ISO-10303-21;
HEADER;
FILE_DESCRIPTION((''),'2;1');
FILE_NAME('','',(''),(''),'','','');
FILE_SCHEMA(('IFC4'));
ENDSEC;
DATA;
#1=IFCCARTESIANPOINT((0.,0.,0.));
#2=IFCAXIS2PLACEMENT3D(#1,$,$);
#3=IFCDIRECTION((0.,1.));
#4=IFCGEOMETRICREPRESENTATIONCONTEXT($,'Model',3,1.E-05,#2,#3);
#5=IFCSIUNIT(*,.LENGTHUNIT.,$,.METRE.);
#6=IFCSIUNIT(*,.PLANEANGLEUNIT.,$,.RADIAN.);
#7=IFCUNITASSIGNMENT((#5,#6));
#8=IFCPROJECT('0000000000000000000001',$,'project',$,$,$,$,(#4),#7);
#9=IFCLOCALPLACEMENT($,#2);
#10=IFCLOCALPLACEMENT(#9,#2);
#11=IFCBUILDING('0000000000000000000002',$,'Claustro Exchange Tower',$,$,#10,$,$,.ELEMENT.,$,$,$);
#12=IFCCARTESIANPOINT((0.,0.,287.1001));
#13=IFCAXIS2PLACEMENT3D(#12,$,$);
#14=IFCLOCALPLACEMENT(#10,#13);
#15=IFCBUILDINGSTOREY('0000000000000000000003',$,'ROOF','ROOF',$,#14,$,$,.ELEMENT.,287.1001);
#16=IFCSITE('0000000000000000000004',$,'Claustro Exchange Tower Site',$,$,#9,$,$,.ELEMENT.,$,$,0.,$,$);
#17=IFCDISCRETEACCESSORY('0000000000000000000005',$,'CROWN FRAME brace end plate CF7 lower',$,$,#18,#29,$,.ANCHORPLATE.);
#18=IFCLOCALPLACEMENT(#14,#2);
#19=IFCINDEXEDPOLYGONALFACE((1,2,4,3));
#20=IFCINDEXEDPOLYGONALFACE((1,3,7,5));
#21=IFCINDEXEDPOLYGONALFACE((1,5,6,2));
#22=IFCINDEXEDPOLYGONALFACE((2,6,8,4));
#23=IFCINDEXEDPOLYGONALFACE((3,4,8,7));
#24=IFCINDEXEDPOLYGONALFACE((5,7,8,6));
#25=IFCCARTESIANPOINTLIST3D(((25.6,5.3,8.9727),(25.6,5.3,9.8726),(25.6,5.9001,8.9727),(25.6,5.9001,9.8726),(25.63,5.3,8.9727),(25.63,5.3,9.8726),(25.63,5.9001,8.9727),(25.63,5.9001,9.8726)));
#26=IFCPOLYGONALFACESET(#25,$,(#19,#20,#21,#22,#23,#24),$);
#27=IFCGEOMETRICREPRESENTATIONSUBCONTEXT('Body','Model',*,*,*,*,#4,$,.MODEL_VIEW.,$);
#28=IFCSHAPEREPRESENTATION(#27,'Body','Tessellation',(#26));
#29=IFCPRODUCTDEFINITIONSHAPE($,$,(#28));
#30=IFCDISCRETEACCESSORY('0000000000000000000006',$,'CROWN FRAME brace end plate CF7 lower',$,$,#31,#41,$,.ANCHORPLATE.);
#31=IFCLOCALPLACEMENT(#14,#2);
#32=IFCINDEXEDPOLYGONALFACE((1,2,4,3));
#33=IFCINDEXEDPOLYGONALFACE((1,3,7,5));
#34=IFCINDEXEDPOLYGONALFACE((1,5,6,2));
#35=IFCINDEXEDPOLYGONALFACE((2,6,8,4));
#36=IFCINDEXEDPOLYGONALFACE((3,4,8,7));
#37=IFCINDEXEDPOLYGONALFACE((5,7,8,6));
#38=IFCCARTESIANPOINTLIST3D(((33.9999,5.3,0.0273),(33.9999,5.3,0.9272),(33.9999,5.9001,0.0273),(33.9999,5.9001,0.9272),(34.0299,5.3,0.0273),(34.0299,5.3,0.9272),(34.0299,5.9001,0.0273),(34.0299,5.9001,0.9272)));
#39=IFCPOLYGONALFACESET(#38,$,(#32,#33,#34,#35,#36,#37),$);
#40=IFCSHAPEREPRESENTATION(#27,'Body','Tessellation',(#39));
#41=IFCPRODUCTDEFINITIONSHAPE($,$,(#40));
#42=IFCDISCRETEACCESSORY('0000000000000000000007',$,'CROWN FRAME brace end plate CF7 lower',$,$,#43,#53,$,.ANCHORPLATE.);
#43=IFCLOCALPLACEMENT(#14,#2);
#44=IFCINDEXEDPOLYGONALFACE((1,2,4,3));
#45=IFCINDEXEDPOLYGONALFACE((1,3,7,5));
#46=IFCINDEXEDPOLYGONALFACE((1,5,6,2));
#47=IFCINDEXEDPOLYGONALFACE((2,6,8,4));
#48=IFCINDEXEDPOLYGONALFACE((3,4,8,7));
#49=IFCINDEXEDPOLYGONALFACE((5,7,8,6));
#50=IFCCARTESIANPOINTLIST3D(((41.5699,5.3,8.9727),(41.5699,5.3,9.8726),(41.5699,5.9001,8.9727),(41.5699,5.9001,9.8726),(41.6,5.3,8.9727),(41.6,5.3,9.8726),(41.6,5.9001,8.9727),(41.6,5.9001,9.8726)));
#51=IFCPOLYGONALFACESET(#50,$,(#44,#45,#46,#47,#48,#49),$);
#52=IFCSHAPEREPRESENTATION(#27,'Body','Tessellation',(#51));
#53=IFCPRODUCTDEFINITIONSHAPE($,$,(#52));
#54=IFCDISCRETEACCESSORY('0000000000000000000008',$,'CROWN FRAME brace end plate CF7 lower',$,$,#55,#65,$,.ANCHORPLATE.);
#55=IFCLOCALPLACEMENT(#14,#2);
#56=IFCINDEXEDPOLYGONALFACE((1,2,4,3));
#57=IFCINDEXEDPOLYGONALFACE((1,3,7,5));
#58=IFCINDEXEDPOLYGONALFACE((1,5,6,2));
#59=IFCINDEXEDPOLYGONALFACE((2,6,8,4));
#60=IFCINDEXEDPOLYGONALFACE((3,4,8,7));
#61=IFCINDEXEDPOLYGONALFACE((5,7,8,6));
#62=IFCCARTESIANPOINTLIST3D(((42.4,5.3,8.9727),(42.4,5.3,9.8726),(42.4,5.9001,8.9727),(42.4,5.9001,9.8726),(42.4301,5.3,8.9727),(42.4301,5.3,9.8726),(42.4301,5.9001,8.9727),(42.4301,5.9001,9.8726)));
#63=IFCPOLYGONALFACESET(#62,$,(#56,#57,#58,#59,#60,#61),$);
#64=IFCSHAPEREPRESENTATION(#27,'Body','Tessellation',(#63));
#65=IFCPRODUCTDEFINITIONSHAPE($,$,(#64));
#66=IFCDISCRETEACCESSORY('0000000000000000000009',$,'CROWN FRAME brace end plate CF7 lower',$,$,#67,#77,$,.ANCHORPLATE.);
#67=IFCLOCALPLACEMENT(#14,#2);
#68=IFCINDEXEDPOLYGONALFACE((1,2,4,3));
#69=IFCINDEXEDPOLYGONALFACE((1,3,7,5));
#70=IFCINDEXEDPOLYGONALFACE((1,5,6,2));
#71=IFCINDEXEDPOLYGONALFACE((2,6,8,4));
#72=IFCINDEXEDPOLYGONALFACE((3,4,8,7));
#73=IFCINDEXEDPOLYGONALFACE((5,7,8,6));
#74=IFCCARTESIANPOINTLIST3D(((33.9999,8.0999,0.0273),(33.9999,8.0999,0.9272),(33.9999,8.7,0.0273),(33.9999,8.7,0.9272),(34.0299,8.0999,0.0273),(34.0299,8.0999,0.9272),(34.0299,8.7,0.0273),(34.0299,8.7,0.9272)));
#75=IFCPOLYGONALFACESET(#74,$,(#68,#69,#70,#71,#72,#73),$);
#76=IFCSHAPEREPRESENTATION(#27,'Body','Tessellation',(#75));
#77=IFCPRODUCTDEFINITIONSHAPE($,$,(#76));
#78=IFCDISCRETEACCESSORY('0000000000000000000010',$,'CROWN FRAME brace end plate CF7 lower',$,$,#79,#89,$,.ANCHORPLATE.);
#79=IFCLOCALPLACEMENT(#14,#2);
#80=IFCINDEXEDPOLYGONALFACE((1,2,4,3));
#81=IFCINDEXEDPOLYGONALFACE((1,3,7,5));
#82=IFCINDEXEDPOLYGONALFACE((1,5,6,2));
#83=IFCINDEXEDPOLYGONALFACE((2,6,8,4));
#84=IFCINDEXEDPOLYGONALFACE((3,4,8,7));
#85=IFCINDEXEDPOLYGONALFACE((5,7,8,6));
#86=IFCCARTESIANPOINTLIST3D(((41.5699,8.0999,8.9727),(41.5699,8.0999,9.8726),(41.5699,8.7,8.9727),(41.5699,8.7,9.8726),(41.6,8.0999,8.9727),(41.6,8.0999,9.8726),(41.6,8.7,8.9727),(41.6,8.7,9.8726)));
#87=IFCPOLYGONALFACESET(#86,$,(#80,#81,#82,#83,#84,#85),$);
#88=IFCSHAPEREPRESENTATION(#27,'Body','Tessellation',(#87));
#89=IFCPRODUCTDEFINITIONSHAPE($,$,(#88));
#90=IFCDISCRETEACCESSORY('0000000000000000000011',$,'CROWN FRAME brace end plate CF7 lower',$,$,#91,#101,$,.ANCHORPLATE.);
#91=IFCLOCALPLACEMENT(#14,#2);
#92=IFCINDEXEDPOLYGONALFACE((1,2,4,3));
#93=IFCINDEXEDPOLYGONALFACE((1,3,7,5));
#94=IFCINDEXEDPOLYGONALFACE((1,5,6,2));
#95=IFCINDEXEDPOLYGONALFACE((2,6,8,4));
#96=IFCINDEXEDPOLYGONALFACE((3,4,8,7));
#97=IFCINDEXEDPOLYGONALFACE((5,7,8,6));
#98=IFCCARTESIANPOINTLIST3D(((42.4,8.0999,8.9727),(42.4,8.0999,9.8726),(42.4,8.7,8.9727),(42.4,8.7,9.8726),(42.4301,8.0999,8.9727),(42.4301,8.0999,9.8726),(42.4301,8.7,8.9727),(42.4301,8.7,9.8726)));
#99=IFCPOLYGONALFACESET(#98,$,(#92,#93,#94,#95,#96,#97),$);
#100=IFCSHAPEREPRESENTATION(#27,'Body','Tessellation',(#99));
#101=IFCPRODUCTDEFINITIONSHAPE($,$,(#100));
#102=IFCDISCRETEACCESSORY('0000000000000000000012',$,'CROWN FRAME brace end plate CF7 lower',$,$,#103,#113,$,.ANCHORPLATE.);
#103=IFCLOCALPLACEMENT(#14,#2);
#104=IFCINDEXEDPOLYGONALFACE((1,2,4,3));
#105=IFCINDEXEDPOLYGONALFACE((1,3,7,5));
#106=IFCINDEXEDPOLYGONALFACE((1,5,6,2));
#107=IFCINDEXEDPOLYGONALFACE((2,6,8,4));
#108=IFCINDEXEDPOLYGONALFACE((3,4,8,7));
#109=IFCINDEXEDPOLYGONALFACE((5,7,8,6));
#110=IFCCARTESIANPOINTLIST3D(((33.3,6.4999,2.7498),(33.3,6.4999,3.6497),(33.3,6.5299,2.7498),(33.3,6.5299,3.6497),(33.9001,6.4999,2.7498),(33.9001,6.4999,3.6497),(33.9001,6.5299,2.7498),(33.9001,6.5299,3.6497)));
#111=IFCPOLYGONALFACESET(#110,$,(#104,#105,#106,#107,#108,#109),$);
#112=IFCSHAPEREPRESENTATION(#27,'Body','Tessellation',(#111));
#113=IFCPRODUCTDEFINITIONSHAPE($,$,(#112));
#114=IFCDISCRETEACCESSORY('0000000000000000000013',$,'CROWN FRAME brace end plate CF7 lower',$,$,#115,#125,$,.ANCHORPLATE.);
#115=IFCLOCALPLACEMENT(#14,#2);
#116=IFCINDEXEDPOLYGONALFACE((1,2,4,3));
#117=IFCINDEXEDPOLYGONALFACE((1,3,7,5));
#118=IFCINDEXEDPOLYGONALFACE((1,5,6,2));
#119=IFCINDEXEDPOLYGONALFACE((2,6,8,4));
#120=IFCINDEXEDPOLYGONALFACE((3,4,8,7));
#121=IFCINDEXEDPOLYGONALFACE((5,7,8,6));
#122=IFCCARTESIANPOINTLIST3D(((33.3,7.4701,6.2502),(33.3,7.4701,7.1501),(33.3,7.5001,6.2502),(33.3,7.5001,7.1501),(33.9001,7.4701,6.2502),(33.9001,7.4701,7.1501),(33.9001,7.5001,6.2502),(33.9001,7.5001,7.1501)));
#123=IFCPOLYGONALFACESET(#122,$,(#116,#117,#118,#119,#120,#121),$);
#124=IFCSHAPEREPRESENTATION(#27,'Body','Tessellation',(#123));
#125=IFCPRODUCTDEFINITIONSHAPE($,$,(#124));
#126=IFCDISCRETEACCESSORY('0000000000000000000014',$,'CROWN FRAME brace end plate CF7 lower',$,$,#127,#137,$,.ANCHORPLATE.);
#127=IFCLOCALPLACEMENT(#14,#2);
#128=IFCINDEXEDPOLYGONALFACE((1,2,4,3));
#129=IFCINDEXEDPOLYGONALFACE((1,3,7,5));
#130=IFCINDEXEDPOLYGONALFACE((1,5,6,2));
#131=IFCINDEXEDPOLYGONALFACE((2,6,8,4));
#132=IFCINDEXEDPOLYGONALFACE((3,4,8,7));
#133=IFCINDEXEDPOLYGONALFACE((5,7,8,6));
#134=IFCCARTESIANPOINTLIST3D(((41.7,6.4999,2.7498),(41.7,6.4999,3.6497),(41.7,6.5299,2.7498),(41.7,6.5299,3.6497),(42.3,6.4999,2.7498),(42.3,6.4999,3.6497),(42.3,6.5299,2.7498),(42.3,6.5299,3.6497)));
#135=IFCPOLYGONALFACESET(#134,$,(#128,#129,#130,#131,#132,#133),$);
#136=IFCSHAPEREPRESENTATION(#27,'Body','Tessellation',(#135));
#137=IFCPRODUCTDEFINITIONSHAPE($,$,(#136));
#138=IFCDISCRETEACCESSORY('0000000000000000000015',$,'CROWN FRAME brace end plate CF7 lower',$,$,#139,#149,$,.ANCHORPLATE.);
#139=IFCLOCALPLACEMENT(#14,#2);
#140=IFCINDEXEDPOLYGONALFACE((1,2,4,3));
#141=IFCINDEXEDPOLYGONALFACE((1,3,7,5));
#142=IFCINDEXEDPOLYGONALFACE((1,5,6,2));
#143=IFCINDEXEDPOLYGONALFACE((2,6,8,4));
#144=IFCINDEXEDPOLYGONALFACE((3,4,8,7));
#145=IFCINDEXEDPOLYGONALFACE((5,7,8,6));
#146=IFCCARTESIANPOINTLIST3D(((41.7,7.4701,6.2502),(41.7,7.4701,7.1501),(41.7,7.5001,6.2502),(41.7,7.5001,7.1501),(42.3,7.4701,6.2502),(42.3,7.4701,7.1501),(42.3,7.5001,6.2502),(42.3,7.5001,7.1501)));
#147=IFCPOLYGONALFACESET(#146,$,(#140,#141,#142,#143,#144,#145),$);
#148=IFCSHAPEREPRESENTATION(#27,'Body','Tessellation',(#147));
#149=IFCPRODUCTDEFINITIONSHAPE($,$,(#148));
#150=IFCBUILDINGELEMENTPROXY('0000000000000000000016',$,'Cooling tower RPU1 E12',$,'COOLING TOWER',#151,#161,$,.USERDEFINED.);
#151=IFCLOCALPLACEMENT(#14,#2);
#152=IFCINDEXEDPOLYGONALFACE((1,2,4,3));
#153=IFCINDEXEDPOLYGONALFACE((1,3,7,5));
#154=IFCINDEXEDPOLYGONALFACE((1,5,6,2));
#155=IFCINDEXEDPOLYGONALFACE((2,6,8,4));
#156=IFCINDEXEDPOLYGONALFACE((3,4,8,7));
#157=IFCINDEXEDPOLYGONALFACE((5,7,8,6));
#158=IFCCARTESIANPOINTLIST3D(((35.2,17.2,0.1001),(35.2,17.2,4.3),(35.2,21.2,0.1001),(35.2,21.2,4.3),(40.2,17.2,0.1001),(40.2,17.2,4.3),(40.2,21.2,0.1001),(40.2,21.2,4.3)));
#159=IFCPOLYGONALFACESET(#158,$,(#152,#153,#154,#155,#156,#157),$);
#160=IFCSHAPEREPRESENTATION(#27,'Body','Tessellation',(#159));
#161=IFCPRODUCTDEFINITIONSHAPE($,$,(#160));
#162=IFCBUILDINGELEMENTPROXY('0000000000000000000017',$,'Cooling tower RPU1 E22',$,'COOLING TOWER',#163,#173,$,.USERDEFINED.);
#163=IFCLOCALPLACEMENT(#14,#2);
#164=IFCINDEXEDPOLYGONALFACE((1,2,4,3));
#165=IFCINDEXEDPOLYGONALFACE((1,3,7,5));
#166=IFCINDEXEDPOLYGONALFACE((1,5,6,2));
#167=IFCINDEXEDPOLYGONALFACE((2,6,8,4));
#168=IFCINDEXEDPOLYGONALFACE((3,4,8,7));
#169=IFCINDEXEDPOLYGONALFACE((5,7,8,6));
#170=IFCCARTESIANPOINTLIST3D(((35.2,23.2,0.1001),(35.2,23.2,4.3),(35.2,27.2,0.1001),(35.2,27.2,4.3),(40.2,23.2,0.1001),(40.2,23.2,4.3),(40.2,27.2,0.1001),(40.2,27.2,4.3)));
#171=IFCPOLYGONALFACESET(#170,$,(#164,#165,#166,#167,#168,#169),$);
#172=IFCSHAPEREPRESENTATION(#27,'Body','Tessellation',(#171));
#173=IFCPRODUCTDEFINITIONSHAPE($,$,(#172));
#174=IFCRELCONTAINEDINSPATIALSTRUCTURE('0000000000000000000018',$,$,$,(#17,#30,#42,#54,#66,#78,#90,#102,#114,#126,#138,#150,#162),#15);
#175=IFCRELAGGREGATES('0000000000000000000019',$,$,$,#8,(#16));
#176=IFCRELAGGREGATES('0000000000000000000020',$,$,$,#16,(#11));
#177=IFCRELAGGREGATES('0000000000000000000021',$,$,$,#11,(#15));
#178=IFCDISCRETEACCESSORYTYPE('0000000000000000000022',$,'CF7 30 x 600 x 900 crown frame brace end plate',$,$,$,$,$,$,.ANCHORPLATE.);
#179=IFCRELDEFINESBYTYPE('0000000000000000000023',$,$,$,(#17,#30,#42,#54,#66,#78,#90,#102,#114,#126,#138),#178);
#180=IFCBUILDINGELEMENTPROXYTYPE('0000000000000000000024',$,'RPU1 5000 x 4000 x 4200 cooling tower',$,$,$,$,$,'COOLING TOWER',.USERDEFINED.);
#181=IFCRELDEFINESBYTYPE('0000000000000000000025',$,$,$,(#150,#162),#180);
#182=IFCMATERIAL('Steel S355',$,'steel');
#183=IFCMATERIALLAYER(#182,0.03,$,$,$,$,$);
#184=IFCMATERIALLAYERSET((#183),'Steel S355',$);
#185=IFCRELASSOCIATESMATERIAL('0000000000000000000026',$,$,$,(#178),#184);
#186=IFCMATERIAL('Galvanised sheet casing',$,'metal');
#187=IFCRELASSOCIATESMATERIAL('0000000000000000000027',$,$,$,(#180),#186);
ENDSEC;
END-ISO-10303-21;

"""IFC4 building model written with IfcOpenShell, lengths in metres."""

from ifc_helpers import new_model, si_unit, direction, frame, origin, origin_2d, place, context, subcontext, project, spatial, rectangle, extrude, material, layer, layer_set, type_object, element, save


model = new_model("IFC4")

# Units and contexts
model_context = context("Model", 3, precision=1e-05, world=origin(), true_north=direction((0.0, 1.0)))
body_context = subcontext(model_context, "Body", "Model", "MODEL_VIEW")
ifc_project = project(units=[si_unit("LENGTHUNIT", "METRE"), si_unit("PLANEANGLEUNIT", "RADIAN")], contexts=[model_context])

# Site, building, storey
site_placement = place(None, origin())
site = spatial("IfcSite", under=ifc_project, at=site_placement, Name="Claustro Exchange Tower Site", CompositionType="ELEMENT", RefElevation=0.0)
building_placement = place(site_placement, origin())
building = spatial("IfcBuilding", under=site, at=building_placement, Name="Claustro Exchange Tower", CompositionType="ELEMENT")
storey_placement = place(building_placement, frame((0.0, 0.0, 287.1001)))
storey = spatial("IfcBuildingStorey", under=building, at=storey_placement, Name="ROOF", Description="ROOF", CompositionType="ELEMENT", Elevation=287.1001)

# Discrete accessories
ifc_material_1 = material(Name="Steel S355", Category="steel")
ifc_layer = layer(ifc_material_1, 0.03)
ifc_layer_set = layer_set([ifc_layer], Name="Steel S355")
discrete_accessory_type = type_object("IfcDiscreteAccessoryType", Name="CF7 30 x 600 x 900 crown frame brace end plate", PredefinedType="ANCHORPLATE", material=ifc_layer_set)
for number, where, z_axis, x_axis, name in (
    (1, (25.615, 5.6001, 8.9727), (0.0, 0.0, 1.0), (-1.0, 0.0, 0.0), "CROWN FRAME brace end plate CF7 lower"),
    (2, (34.0149, 5.6001, 0.0273), (0.0, 0.0, 1.0), (1.0, 0.0, 0.0), "CROWN FRAME brace end plate CF7 lower"),
    (3, (41.585, 5.6001, 8.9727), (0.0, 0.0, 1.0), (1.0, 0.0, 0.0), "CROWN FRAME brace end plate CF7 lower"),
    (4, (42.415, 5.6001, 8.9727), (0.0, 0.0, 1.0), (-1.0, 0.0, 0.0), "CROWN FRAME brace end plate CF7 lower"),
    (5, (34.0149, 8.3999, 0.0273), (0.0, 0.0, 1.0), (1.0, 0.0, 0.0), "CROWN FRAME brace end plate CF7 lower"),
    (6, (41.585, 8.3999, 8.9727), (0.0, 0.0, 1.0), (1.0, 0.0, 0.0), "CROWN FRAME brace end plate CF7 lower"),
    (7, (42.415, 8.3999, 8.9727), (0.0, 0.0, 1.0), (-1.0, 0.0, 0.0), "CROWN FRAME brace end plate CF7 lower"),
    (8, (33.6001, 6.5149, 2.7498), (0.0, 0.0, 1.0), (0.0, 1.0, 0.0), "CROWN FRAME brace end plate CF7 lower"),
    (9, (33.6001, 7.4851, 6.2502), (0.0, 0.0, 1.0), (0.0, 1.0, 0.0), "CROWN FRAME brace end plate CF7 lower"),
    (10, (42.0, 6.5149, 2.7498), (0.0, 0.0, 1.0), (0.0, 1.0, 0.0), "CROWN FRAME brace end plate CF7 lower"),
    (11, (42.0, 7.4851, 6.2502), (0.0, 0.0, 1.0), (0.0, 1.0, 0.0), "CROWN FRAME brace end plate CF7 lower"),
):
    element("IfcDiscreteAccessory", number, at=place(storey_placement, frame(where, z_axis=z_axis, x_axis=x_axis)), inside=storey, type_object=discrete_accessory_type, Name=name, PredefinedType="ANCHORPLATE", context=body_context, shape_type="SweptSolid", body=[
        extrude(rectangle(XDim=0.03, YDim=0.6001, at=origin_2d()), origin(), (0.0, 0.0, 1.0), 0.8999),
    ])

# Building element proxies
ifc_material_2 = material(Name="Galvanised sheet casing", Category="metal")
building_element_proxy_type = type_object("IfcBuildingElementProxyType", Name="RPU1 5000 x 4000 x 4200 cooling tower", ElementType="COOLING TOWER", PredefinedType="USERDEFINED", material=ifc_material_2)
for number, where, z_axis, x_axis, name in (
    (12, (37.7, 19.2, 0.1001), (0.0, 0.0, 1.0), (1.0, 0.0, 0.0), "Cooling tower RPU1 E12"),
    (13, (37.7, 25.2, 0.1001), (0.0, 0.0, 1.0), (1.0, 0.0, 0.0), "Cooling tower RPU1 E22"),
):
    element("IfcBuildingElementProxy", number, at=place(storey_placement, frame(where, z_axis=z_axis, x_axis=x_axis)), inside=storey, type_object=building_element_proxy_type, Name=name, ObjectType="COOLING TOWER", PredefinedType="USERDEFINED", context=body_context, shape_type="SweptSolid", body=[
        extrude(rectangle(XDim=5.0, YDim=4.0, at=origin_2d()), origin(), (0.0, 0.0, 1.0), 4.2),
    ])

save(model, "model.ifc")
